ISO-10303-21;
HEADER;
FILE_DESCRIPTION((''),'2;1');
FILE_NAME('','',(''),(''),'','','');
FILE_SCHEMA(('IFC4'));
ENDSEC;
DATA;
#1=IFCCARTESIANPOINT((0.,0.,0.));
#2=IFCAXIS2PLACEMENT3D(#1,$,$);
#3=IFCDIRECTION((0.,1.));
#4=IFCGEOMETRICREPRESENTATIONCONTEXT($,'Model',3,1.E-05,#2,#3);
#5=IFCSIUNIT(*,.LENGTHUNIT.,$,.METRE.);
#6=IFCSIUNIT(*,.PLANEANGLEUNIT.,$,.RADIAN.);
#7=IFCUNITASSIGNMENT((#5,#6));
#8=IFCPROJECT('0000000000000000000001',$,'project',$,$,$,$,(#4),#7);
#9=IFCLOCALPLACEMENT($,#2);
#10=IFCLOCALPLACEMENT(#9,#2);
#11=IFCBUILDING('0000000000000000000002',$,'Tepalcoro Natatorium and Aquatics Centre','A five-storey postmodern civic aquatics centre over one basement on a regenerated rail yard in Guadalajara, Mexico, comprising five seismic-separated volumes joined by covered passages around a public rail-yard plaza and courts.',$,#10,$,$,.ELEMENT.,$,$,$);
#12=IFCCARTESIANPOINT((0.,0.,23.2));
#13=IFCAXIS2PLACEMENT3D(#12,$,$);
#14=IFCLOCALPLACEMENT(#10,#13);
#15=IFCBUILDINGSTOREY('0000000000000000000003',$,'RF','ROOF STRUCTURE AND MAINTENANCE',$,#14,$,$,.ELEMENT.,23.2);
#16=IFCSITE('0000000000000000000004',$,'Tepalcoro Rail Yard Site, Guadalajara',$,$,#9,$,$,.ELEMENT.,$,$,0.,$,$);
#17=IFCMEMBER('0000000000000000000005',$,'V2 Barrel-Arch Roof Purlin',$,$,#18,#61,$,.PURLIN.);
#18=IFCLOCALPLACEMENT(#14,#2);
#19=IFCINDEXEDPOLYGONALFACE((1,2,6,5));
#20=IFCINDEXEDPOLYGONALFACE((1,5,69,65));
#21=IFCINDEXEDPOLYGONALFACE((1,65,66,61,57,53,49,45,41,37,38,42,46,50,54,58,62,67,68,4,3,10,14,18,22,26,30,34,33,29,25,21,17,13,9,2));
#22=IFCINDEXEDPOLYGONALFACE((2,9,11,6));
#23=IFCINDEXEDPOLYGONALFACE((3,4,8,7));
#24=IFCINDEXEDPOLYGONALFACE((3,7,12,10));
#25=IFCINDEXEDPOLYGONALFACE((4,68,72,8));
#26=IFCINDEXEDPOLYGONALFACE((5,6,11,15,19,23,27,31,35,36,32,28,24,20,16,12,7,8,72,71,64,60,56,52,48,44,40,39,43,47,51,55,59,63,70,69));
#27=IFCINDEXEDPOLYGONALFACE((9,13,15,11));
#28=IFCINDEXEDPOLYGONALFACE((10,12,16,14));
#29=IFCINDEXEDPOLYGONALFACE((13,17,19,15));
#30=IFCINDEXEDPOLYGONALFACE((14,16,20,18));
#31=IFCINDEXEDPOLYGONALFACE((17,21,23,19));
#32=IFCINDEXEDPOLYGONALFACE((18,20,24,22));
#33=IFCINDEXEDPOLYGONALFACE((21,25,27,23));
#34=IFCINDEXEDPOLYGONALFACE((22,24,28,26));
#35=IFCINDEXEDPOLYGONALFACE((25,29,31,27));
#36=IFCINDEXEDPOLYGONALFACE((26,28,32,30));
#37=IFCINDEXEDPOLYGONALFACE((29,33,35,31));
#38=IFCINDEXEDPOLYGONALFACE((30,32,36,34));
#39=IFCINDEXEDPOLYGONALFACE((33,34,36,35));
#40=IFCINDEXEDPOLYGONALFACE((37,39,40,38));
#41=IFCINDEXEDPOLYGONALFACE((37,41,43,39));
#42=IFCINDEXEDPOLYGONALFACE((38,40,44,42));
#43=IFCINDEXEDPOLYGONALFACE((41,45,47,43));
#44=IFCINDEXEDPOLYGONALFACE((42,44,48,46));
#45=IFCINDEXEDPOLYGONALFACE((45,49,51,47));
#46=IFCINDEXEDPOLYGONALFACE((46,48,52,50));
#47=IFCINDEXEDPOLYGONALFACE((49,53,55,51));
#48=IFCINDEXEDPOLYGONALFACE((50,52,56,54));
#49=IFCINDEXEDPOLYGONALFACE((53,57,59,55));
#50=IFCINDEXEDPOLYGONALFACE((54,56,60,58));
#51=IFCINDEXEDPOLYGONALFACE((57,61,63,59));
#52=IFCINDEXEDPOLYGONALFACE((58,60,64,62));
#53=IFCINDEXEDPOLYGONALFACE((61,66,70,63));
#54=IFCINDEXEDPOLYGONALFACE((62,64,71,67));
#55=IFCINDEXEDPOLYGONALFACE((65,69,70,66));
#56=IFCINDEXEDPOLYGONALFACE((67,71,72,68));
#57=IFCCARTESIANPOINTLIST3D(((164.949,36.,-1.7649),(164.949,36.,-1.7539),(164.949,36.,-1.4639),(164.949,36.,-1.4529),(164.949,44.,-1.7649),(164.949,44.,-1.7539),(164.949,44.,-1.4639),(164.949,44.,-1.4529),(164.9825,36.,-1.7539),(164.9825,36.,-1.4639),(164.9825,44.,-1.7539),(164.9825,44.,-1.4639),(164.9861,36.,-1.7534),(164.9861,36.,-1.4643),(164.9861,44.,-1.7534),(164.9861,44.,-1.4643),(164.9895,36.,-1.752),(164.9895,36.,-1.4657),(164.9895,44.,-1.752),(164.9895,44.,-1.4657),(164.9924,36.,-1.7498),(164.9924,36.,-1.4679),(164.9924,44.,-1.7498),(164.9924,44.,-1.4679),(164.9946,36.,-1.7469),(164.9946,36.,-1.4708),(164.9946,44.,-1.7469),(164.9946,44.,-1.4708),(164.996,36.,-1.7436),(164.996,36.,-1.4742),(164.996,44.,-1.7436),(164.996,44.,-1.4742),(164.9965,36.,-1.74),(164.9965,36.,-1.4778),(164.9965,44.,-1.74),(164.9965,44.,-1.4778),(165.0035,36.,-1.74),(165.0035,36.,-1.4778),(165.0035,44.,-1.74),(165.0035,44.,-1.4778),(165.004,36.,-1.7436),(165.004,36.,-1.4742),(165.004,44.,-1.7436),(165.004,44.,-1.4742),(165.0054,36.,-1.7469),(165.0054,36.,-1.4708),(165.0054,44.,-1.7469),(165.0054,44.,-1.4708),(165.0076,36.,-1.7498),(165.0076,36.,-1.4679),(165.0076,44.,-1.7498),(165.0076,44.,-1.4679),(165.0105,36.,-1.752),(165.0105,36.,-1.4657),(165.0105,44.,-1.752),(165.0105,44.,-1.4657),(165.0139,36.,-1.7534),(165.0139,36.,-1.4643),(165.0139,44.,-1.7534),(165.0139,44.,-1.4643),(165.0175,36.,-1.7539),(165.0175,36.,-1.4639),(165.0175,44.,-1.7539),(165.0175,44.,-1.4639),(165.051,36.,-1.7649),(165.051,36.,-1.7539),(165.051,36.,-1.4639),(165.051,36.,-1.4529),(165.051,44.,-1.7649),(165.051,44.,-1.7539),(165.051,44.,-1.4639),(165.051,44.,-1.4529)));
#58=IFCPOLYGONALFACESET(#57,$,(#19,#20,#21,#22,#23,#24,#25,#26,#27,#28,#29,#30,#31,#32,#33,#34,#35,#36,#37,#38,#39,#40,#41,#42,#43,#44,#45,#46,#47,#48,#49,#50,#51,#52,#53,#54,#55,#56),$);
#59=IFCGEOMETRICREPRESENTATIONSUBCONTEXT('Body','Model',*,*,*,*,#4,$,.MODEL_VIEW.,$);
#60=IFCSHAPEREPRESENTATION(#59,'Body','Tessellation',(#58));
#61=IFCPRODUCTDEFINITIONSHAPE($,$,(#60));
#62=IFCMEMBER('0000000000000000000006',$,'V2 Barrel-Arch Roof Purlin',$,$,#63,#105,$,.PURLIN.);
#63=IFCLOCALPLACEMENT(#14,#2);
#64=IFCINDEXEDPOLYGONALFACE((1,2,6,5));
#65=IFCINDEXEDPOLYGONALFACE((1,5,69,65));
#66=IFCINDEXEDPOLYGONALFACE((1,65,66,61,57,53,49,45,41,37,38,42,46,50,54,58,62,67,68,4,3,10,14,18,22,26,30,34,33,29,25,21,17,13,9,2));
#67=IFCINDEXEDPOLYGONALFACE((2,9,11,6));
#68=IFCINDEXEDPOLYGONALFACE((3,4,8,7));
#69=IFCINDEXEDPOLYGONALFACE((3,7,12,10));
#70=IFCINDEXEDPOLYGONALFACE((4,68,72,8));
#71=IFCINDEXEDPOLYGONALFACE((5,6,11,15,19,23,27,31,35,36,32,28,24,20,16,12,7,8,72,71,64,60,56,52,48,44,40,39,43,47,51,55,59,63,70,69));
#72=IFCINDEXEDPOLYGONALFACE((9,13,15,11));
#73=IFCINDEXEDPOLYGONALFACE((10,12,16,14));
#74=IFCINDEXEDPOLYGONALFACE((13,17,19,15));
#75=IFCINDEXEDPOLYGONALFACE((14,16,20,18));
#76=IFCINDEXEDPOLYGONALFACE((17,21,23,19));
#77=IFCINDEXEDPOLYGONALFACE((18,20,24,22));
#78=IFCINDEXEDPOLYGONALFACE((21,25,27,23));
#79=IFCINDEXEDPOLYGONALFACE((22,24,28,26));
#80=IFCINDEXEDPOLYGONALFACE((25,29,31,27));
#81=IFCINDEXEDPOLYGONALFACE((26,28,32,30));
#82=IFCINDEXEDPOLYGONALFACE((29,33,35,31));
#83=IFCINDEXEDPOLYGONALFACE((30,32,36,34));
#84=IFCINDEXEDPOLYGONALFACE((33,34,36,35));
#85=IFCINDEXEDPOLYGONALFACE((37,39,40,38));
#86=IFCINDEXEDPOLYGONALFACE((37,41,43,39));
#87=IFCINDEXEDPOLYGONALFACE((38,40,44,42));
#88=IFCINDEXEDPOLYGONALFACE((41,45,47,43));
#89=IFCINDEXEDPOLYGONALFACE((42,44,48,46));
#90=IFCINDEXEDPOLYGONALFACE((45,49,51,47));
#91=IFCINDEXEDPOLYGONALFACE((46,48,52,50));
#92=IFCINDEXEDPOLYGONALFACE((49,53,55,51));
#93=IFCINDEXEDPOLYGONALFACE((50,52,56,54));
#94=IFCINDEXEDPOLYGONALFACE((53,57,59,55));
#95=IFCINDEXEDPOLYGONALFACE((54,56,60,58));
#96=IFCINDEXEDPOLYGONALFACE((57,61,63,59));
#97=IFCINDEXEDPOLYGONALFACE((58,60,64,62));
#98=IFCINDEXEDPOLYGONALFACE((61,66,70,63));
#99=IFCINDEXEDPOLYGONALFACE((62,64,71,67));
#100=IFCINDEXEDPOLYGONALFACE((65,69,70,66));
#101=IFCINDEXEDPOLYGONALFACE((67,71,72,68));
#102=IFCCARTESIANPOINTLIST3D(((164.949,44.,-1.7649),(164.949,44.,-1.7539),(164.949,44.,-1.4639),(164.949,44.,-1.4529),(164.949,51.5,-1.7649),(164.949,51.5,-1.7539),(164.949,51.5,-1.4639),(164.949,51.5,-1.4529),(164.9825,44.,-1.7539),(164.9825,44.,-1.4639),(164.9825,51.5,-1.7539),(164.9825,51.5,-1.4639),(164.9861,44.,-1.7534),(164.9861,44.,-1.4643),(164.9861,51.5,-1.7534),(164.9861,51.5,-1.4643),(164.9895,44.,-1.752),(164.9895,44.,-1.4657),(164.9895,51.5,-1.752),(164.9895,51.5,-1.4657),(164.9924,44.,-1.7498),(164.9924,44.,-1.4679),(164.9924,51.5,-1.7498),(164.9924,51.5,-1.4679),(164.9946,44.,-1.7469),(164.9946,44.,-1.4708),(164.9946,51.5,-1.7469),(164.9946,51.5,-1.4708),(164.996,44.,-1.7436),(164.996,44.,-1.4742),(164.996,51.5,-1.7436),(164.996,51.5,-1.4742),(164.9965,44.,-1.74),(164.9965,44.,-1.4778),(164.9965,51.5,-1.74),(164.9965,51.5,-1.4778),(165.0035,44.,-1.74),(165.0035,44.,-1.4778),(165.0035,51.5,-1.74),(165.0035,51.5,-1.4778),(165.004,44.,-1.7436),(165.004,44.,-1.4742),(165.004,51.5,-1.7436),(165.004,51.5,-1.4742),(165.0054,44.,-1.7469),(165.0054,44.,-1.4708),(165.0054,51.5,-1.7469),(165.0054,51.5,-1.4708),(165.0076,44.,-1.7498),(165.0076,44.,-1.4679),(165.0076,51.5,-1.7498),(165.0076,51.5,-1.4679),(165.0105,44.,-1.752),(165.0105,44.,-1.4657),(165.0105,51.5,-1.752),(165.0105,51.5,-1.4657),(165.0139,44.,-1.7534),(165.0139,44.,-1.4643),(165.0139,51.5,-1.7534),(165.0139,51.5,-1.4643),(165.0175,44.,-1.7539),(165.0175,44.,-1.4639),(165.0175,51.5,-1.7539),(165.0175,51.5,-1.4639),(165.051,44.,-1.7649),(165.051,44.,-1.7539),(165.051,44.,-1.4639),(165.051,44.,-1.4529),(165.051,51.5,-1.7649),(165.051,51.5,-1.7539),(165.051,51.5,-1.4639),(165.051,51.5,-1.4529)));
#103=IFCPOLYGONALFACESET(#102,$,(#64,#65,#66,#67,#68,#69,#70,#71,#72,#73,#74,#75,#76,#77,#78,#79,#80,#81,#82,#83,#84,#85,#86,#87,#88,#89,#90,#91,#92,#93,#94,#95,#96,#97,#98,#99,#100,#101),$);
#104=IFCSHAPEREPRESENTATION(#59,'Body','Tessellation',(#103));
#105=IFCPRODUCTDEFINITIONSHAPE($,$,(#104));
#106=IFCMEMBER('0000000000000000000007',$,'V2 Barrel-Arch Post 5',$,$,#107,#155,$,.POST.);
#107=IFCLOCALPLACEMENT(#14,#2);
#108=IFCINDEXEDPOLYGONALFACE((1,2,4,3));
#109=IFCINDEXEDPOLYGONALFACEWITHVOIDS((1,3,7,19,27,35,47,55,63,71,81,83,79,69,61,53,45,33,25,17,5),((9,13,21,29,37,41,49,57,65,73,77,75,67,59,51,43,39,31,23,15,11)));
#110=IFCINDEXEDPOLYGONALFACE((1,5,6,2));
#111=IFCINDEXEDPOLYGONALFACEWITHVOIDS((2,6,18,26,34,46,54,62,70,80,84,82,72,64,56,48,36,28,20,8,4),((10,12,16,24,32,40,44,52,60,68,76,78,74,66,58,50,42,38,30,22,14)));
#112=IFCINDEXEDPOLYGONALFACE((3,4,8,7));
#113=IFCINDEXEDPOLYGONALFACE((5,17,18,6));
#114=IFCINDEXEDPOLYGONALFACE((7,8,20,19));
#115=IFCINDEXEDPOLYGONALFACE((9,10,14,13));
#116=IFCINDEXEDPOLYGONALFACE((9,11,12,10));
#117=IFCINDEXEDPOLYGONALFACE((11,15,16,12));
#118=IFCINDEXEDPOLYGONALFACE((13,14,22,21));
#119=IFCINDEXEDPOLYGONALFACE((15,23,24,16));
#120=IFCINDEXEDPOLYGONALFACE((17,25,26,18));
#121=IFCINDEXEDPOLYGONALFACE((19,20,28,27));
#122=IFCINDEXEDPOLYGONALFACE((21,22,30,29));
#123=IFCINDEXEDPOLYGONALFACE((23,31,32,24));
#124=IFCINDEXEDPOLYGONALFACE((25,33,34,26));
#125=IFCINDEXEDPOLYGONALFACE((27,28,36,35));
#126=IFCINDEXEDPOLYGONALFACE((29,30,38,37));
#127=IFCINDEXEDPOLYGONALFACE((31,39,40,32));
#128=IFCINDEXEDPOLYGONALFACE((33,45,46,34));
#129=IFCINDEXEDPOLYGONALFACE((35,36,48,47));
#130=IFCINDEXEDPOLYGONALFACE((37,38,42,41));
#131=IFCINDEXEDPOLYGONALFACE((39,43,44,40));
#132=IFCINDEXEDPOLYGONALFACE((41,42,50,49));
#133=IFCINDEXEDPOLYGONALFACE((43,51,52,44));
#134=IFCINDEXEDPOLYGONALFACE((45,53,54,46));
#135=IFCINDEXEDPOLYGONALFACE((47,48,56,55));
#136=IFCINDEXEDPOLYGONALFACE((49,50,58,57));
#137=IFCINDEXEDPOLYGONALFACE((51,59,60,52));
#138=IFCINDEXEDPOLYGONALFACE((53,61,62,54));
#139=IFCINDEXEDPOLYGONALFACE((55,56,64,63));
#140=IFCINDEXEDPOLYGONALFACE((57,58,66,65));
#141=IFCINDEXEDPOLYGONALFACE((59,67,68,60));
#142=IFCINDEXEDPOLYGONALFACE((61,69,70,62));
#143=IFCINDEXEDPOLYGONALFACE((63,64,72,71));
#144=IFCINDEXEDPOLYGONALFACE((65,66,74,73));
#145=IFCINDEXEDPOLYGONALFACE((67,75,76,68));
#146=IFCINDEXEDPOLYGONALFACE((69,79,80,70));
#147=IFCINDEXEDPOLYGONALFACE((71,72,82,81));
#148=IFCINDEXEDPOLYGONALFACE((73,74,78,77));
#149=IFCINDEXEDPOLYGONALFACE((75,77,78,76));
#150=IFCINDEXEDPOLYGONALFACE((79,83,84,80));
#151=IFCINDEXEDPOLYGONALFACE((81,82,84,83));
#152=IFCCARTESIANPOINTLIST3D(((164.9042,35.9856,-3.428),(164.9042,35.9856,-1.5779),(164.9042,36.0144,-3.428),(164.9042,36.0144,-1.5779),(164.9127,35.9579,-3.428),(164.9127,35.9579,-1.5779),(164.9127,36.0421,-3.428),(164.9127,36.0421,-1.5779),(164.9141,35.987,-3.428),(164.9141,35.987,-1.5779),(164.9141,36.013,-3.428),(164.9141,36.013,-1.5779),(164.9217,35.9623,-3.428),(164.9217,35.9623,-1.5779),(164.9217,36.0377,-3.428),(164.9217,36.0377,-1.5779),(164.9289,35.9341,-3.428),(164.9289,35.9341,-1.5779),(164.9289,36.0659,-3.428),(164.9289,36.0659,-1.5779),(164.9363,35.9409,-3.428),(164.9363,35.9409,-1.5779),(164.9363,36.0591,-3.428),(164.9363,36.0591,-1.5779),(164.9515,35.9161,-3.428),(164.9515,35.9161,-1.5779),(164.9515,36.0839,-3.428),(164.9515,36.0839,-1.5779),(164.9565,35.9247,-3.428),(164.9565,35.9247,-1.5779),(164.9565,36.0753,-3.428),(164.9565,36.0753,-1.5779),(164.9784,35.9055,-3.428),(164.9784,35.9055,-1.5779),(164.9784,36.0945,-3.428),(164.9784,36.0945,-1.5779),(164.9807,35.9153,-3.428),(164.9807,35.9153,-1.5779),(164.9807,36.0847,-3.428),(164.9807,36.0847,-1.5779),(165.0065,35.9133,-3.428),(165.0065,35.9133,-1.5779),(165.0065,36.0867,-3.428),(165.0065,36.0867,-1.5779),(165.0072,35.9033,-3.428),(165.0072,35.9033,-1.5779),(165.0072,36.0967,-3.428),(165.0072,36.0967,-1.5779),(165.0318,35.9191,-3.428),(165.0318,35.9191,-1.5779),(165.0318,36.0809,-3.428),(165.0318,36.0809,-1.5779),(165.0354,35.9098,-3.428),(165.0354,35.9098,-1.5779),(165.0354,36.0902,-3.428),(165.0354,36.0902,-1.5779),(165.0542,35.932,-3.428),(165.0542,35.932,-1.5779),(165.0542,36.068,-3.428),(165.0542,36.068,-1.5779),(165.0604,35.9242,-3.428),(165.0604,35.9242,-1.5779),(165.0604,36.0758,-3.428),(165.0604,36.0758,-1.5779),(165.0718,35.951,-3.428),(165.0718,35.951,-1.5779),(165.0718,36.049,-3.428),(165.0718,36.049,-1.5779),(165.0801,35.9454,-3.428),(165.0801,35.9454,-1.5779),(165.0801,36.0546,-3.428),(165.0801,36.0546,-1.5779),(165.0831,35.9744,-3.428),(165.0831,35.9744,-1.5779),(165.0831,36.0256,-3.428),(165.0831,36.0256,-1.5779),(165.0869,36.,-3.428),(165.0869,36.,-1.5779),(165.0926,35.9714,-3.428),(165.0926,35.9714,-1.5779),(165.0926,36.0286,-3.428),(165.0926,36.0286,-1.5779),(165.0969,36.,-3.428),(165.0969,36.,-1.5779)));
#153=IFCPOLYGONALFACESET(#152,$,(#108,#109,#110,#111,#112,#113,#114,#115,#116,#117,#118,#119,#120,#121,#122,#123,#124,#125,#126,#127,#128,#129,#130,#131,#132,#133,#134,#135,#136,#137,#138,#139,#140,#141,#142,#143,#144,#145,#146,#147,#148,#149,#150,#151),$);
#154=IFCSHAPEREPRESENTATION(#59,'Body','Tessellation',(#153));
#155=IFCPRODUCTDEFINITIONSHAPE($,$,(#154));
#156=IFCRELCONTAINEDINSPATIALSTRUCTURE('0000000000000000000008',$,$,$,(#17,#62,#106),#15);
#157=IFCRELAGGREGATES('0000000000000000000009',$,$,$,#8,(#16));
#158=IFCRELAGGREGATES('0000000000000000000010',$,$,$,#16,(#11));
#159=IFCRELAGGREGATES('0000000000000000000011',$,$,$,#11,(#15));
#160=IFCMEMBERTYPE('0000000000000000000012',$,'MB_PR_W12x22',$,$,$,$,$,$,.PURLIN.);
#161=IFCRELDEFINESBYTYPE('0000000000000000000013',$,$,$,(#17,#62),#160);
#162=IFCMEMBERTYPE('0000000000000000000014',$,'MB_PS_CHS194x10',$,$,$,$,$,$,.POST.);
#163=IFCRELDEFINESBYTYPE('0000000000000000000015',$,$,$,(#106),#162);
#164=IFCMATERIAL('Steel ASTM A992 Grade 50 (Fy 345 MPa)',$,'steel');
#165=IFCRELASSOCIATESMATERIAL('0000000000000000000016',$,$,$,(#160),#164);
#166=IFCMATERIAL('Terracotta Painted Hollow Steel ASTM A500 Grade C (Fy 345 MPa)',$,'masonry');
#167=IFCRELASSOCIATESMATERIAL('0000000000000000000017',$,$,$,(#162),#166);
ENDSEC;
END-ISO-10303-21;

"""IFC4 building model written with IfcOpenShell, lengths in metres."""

from ifc_helpers import new_model, si_unit, direction, frame, origin, origin_2d, place, context, subcontext, project, spatial, hollow_circle, i_section, extrude, material, material_profile, profile_set, type_object, element, save


model = new_model("IFC4")

# Units and contexts
model_context = context("Model", 3, precision=1e-05, world=origin(), true_north=direction((0.0, 1.0)))
body_context = subcontext(model_context, "Body", "Model", "MODEL_VIEW")
ifc_project = project(units=[si_unit("LENGTHUNIT", "METRE"), si_unit("PLANEANGLEUNIT", "RADIAN")], contexts=[model_context])

# Site, building, storey
site_placement = place(None, origin())
site = spatial("IfcSite", under=ifc_project, at=site_placement, Name="Tepalcoro Rail Yard Site, Guadalajara", CompositionType="ELEMENT", RefElevation=0.0)
building_placement = place(site_placement, origin())
building = spatial("IfcBuilding", under=site, at=building_placement, Name="Tepalcoro Natatorium and Aquatics Centre", Description="A five-storey postmodern civic aquatics centre over one basement on a regenerated rail yard in Guadalajara, Mexico, comprising five seismic-separated volumes joined by covered passages around a public rail-yard plaza and courts.", CompositionType="ELEMENT")
storey_placement = place(building_placement, frame((0.0, 0.0, 23.2)))
storey = spatial("IfcBuildingStorey", under=building, at=storey_placement, Name="RF", Description="ROOF STRUCTURE AND MAINTENANCE", CompositionType="ELEMENT", Elevation=23.2)

# Shared definitions
ifc_material_1 = material(Name="Terracotta Painted Hollow Steel ASTM A500 Grade C (Fy 345 MPa)", Category="masonry")

# Members
ifc_material_2 = material(Name="Steel ASTM A992 Grade 50 (Fy 345 MPa)", Category="steel")
ifc_material_profile_1 = material_profile(ifc_material_2, i_section(OverallWidth=0.1021, OverallDepth=0.312, WebThickness=0.0071, FlangeThickness=0.011, FilletRadius=0.0139, at=origin_2d()), Name="W12X22")
ifc_profile_set_1 = profile_set([ifc_material_profile_1], Name="Steel ASTM A992 Grade 50 (Fy 345 MPa)")
member_type_1 = type_object("IfcMemberType", Name="MB_PR_W12x22", PredefinedType="PURLIN", material=ifc_profile_set_1)
member_1_placement = place(storey_placement, frame((165.0, 36.0, -1.6089), z_axis=(0.0, 1.0, 0.0), x_axis=(-1.0, 0.0, 0.0)))
element("IfcMember", 1, at=member_1_placement, inside=storey, type_object=member_type_1, Name="V2 Barrel-Arch Roof Purlin", PredefinedType="PURLIN", context=body_context, shape_type="SweptSolid", body=[
    extrude(i_section(OverallWidth=0.1021, OverallDepth=0.312, WebThickness=0.0071, FlangeThickness=0.011, FilletRadius=0.0139, at=origin_2d()), origin(), (0.0, 0.0, 1.0), 8.0),
])
member_2_placement = place(storey_placement, frame((165.0, 44.0, -1.6089), z_axis=(0.0, 1.0, 0.0), x_axis=(-1.0, 0.0, 0.0)))
element("IfcMember", 2, at=member_2_placement, inside=storey, type_object=member_type_1, Name="V2 Barrel-Arch Roof Purlin", PredefinedType="PURLIN", context=body_context, shape_type="SweptSolid", body=[
    extrude(i_section(OverallWidth=0.1021, OverallDepth=0.312, WebThickness=0.0071, FlangeThickness=0.011, FilletRadius=0.0139, at=origin_2d()), origin(), (0.0, 0.0, 1.0), 7.5),
])
ifc_material_profile_2 = material_profile(ifc_material_1, hollow_circle(Radius=0.0969, WallThickness=0.01, at=origin_2d()), Name="CHS194X10")
ifc_profile_set_2 = profile_set([ifc_material_profile_2], Name="Terracotta Painted Hollow Steel ASTM A500 Grade C (Fy 345 MPa)")
member_type_2 = type_object("IfcMemberType", Name="MB_PS_CHS194x10", PredefinedType="POST", material=ifc_profile_set_2)
member_3_placement = place(storey_placement, frame((165.0, 36.0, -3.428), z_axis=(0.0, 0.0, 1.0), x_axis=(1.0, 0.0, 0.0)))
element("IfcMember", 3, at=member_3_placement, inside=storey, type_object=member_type_2, Name="V2 Barrel-Arch Post 5", PredefinedType="POST", context=body_context, shape_type="SweptSolid", body=[
    extrude(hollow_circle(Radius=0.0969, WallThickness=0.01, at=origin_2d()), origin(), (0.0, 0.0, 1.0), 1.8501),
])

save(model, "model.ifc")
